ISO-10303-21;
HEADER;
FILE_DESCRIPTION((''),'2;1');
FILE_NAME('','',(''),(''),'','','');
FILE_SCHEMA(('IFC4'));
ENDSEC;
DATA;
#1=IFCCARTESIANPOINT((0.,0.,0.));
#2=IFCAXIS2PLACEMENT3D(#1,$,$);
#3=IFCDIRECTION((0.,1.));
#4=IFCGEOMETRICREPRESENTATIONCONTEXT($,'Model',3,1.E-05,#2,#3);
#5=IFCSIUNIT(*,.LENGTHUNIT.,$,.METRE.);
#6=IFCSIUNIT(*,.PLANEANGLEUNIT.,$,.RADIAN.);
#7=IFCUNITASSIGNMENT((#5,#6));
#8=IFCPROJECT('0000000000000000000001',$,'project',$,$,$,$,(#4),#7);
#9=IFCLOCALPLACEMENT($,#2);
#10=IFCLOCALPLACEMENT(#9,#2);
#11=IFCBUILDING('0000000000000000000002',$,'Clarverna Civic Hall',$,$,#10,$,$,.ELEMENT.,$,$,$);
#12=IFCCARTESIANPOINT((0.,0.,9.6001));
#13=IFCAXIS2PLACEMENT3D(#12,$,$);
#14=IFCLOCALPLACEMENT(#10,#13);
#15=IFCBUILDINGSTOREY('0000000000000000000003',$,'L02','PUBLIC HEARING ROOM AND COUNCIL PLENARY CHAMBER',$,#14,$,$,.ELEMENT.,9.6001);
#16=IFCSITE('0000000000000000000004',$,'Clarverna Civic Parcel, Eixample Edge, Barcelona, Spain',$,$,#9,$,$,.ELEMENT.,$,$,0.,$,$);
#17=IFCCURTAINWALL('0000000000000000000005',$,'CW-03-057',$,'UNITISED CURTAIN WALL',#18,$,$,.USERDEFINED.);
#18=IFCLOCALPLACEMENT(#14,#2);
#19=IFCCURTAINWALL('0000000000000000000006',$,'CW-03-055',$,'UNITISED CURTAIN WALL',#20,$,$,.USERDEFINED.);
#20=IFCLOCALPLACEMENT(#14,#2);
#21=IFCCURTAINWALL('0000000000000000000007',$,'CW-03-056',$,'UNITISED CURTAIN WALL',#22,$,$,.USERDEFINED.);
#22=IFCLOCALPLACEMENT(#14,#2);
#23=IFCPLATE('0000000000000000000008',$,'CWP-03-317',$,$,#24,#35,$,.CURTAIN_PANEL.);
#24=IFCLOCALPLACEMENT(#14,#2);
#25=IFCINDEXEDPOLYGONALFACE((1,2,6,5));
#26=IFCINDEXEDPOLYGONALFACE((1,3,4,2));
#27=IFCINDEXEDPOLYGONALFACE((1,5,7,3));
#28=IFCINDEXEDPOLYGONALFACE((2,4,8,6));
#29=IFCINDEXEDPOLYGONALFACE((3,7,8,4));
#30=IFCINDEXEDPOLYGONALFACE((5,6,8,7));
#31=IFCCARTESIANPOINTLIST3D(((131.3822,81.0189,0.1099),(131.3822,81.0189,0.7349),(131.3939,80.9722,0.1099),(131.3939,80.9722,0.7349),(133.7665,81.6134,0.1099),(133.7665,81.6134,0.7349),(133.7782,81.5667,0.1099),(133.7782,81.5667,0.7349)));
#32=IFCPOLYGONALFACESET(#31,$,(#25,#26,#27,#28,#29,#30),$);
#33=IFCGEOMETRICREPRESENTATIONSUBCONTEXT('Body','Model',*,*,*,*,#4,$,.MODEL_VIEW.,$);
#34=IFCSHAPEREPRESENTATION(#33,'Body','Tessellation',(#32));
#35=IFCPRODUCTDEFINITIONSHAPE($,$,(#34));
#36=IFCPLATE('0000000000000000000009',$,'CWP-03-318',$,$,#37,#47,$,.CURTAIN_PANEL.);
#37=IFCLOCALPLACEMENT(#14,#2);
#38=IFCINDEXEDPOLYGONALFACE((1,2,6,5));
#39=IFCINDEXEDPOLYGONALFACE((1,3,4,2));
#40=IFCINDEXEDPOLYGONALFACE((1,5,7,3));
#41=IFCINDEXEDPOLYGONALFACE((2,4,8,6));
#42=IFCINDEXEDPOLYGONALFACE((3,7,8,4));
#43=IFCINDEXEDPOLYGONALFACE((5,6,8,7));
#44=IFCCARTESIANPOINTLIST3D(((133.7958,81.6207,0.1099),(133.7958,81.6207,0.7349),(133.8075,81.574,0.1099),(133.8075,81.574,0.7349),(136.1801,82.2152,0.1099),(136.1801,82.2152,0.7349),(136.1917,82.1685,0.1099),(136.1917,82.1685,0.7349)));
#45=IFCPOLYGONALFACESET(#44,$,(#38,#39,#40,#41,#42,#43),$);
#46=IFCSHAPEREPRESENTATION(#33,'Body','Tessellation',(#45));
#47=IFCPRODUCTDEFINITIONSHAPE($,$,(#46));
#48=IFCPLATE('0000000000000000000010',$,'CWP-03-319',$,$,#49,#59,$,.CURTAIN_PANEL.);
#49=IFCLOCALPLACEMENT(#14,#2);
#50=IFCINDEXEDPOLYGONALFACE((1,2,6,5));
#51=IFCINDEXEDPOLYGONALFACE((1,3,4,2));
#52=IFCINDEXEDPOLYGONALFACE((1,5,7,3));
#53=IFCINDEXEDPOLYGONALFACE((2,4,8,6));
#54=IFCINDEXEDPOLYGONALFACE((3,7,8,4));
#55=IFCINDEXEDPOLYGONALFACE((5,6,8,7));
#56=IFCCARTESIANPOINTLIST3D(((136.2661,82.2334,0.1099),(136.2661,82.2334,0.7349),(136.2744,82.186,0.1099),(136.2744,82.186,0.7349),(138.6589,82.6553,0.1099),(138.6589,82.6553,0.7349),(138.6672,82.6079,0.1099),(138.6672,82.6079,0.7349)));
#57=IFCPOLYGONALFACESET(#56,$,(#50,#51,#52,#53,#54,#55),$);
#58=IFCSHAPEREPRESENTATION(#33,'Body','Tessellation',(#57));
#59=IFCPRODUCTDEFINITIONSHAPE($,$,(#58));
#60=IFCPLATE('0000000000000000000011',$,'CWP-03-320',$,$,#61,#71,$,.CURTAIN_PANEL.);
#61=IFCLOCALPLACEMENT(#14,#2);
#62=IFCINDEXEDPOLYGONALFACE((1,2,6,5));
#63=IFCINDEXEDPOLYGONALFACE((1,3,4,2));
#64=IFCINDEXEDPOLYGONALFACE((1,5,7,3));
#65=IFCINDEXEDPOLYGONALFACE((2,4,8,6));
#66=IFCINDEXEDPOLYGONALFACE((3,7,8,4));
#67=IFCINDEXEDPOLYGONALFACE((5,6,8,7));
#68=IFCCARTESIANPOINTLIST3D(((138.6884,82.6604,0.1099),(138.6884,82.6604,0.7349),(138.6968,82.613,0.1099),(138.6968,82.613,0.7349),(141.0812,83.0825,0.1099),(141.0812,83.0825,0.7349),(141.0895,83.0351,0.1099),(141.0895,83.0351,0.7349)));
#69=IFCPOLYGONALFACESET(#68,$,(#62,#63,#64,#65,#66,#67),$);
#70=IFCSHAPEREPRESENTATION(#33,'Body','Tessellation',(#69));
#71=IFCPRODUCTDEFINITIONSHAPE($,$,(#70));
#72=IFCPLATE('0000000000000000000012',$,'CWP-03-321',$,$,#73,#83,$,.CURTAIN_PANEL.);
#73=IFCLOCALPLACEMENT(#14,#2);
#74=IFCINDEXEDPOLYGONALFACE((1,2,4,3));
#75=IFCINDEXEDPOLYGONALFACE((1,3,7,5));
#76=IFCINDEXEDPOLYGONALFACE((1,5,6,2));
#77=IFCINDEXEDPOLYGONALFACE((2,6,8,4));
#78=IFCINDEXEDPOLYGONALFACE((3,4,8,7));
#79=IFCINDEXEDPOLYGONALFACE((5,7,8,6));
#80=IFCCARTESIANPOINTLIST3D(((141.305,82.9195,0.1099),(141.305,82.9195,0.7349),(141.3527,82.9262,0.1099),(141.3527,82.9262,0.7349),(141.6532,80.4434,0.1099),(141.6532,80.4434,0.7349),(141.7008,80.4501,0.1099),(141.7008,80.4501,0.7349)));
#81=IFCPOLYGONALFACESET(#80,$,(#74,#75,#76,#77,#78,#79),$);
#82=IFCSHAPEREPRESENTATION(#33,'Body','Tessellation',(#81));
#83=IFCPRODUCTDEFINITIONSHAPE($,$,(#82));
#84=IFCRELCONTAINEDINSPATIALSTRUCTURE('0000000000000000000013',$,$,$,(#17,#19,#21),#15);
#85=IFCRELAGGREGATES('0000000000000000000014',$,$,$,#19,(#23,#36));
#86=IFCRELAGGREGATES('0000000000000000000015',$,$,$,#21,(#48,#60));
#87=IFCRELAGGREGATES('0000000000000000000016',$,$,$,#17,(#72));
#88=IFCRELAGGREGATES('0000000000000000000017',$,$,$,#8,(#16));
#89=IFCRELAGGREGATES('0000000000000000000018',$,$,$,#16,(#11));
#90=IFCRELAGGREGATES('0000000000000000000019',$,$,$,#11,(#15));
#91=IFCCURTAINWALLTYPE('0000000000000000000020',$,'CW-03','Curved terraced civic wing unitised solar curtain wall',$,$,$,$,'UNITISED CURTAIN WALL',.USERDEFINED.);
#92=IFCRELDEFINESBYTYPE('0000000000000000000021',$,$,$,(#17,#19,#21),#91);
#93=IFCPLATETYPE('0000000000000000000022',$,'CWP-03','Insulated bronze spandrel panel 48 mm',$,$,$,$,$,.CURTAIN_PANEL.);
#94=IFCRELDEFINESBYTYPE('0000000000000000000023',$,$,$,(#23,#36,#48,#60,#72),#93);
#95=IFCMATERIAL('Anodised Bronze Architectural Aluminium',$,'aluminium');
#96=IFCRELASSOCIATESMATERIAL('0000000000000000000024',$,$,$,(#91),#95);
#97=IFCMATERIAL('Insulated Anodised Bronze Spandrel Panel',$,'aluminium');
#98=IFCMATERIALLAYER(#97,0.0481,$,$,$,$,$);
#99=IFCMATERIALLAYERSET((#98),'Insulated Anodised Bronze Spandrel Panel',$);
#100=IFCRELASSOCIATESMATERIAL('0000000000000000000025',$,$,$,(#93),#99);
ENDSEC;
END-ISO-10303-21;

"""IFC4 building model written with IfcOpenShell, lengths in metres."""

from ifc_helpers import new_model, si_unit, direction, frame, frame_2d, origin, place, context, subcontext, project, spatial, rectangle, extrude, material, layer, layer_set, type_object, element, aggregate, save


model = new_model("IFC4")

# Units and contexts
model_context = context("Model", 3, precision=1e-05, world=origin(), true_north=direction((0.0, 1.0)))
body_context = subcontext(model_context, "Body", "Model", "MODEL_VIEW")
ifc_project = project(units=[si_unit("LENGTHUNIT", "METRE"), si_unit("PLANEANGLEUNIT", "RADIAN")], contexts=[model_context])

# Site, building, storey
site_placement = place(None, origin())
site = spatial("IfcSite", under=ifc_project, at=site_placement, Name="Clarverna Civic Parcel, Eixample Edge, Barcelona, Spain", CompositionType="ELEMENT", RefElevation=0.0)
building_placement = place(site_placement, origin())
building = spatial("IfcBuilding", under=site, at=building_placement, Name="Clarverna Civic Hall", CompositionType="ELEMENT")
storey_placement = place(building_placement, frame((0.0, 0.0, 9.6001)))
storey = spatial("IfcBuildingStorey", under=building, at=storey_placement, Name="L02", Description="PUBLIC HEARING ROOM AND COUNCIL PLENARY CHAMBER", CompositionType="ELEMENT", Elevation=9.6001)

# Curtain wall
ifc_material_1 = material(Name="Anodised Bronze Architectural Aluminium", Category="aluminium")
curtain_wall_type = type_object("IfcCurtainWallType", Name="CW-03", Description="Curved terraced civic wing unitised solar curtain wall", ElementType="UNITISED CURTAIN WALL", PredefinedType="USERDEFINED", material=ifc_material_1)
curtain_wall_1_placement = place(storey_placement, origin())
curtain_wall_1 = element("IfcCurtainWall", 1, at=curtain_wall_1_placement, inside=storey, type_object=curtain_wall_type, Name="CW-03-057", ObjectType="UNITISED CURTAIN WALL", PredefinedType="USERDEFINED")

# Curtain walls
curtain_wall_2_placement = place(storey_placement, origin())
curtain_wall_2 = element("IfcCurtainWall", 2, at=curtain_wall_2_placement, inside=storey, type_object=curtain_wall_type, Name="CW-03-055", ObjectType="UNITISED CURTAIN WALL", PredefinedType="USERDEFINED")
curtain_wall_3_placement = place(storey_placement, origin())
curtain_wall_3 = element("IfcCurtainWall", 3, at=curtain_wall_3_placement, inside=storey, type_object=curtain_wall_type, Name="CW-03-056", ObjectType="UNITISED CURTAIN WALL", PredefinedType="USERDEFINED")

# Plates
ifc_material_2 = material(Name="Insulated Anodised Bronze Spandrel Panel", Category="aluminium")
ifc_layer_1 = layer(ifc_material_2, 0.0481)
ifc_layer_set_1 = layer_set([ifc_layer_1], Name="Insulated Anodised Bronze Spandrel Panel")
plate_type_1 = type_object("IfcPlateType", Name="CWP-03", Description="Insulated bronze spandrel panel 48 mm", PredefinedType="CURTAIN_PANEL", material=ifc_layer_set_1)
plate_1_placement = place(storey_placement, frame((131.3882, 80.9956, 0.1099), z_axis=(0.0, 0.0, 1.0), x_axis=(0.970294, 0.241928, 0.0)))
plate_1 = element("IfcPlate", 4, at=plate_1_placement, type_object=plate_type_1, Name="CWP-03-317", PredefinedType="CURTAIN_PANEL", context=body_context, shape_type="SweptSolid", body=[
    extrude(rectangle(XDim=2.4573, YDim=0.0481, at=frame_2d((1.2285, 0.0))), origin(), (0.0, 0.0, 1.0), 0.625),
])
plate_2_placement = place(storey_placement, frame((133.8018, 81.5974, 0.1099), z_axis=(0.0, 0.0, 1.0), x_axis=(0.970294, 0.241928, 0.0)))
plate_2 = element("IfcPlate", 5, at=plate_2_placement, type_object=plate_type_1, Name="CWP-03-318", PredefinedType="CURTAIN_PANEL", context=body_context, shape_type="SweptSolid", body=[
    extrude(rectangle(XDim=2.4573, YDim=0.0481, at=frame_2d((1.2285, 0.0))), origin(), (0.0, 0.0, 1.0), 0.625),
])
aggregate(curtain_wall_2, [plate_1, plate_2])
plate_3_placement = place(storey_placement, frame((136.2703, 82.2097, 0.1099), z_axis=(0.0, 0.0, 1.0), x_axis=(0.984811, 0.173631, 0.0)))
plate_3 = element("IfcPlate", 6, at=plate_3_placement, type_object=plate_type_1, Name="CWP-03-319", PredefinedType="CURTAIN_PANEL", context=body_context, shape_type="SweptSolid", body=[
    extrude(rectangle(XDim=2.4297, YDim=0.0481, at=frame_2d((1.2148, 0.0))), origin(), (0.0, 0.0, 1.0), 0.625),
])
plate_4_placement = place(storey_placement, frame((138.6926, 82.6367, 0.1099), z_axis=(0.0, 0.0, 1.0), x_axis=(0.984794, 0.173728, 0.0)))
plate_4 = element("IfcPlate", 7, at=plate_4_placement, type_object=plate_type_1, Name="CWP-03-320", PredefinedType="CURTAIN_PANEL", context=body_context, shape_type="SweptSolid", body=[
    extrude(rectangle(XDim=2.4297, YDim=0.0481, at=frame_2d((1.2148, 0.0))), origin(), (0.0, 0.0, 1.0), 0.625),
])
aggregate(curtain_wall_3, [plate_3, plate_4])
plate_5_placement = place(storey_placement, frame((141.3289, 82.9229, 0.1099), z_axis=(0.0, 0.0, 1.0), x_axis=(0.139234, -0.99026, 0.0)))
plate_5 = element("IfcPlate", 8, at=plate_5_placement, type_object=plate_type_1, Name="CWP-03-321", PredefinedType="CURTAIN_PANEL", context=body_context, shape_type="SweptSolid", body=[
    extrude(rectangle(XDim=2.5005, YDim=0.0481, at=frame_2d((1.2502, 0.0))), origin(), (0.0, 0.0, 1.0), 0.625),
])
aggregate(curtain_wall_1, [plate_5])

save(model, "model.ifc")
